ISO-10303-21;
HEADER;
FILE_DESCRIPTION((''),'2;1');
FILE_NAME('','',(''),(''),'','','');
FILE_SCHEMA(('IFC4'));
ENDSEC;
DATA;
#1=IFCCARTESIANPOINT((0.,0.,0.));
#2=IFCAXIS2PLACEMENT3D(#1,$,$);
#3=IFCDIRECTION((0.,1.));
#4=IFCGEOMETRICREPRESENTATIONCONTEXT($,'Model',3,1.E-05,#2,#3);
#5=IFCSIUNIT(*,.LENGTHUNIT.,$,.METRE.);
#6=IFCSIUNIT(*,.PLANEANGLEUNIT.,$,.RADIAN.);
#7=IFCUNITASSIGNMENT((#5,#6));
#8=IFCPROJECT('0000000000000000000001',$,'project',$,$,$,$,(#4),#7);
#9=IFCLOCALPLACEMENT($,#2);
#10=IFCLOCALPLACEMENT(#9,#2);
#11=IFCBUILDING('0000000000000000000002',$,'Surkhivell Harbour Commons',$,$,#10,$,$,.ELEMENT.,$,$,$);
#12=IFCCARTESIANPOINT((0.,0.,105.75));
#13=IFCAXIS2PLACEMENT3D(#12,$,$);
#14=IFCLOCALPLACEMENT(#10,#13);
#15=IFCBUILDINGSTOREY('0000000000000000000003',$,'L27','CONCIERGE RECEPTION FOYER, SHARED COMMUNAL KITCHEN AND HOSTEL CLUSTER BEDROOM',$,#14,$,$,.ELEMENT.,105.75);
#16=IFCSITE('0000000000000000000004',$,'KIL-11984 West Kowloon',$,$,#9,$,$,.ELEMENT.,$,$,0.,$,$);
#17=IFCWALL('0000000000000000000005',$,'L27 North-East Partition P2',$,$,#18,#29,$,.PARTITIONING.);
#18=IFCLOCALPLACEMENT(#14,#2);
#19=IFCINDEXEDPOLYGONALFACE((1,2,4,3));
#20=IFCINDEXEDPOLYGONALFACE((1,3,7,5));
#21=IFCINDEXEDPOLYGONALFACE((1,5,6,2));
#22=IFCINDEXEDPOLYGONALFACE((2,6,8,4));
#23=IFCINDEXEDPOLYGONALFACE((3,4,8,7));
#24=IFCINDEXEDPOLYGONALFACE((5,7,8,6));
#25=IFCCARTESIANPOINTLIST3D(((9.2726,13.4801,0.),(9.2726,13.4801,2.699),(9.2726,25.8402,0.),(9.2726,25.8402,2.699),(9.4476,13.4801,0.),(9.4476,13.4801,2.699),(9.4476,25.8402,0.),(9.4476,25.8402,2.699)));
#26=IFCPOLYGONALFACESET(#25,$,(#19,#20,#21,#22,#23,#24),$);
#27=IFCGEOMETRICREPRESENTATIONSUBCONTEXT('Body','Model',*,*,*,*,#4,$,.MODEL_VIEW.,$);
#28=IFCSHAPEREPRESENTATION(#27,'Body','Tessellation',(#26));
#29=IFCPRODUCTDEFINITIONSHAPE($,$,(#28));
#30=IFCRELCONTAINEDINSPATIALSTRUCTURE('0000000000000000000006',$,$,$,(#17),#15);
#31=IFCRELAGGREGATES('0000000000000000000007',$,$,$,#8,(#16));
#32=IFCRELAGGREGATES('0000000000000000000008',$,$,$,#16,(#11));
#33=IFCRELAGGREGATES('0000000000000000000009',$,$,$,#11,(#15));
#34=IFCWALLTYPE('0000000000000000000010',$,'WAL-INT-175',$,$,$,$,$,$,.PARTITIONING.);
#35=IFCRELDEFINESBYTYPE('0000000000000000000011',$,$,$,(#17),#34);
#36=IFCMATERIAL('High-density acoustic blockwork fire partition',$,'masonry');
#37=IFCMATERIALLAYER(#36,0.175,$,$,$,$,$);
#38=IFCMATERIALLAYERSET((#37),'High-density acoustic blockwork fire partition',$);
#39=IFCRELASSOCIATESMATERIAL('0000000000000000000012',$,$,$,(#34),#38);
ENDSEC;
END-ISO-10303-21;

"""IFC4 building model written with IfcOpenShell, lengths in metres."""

from ifc_helpers import new_model, si_unit, direction, frame, frame_2d, origin, place, context, subcontext, project, spatial, rectangle, extrude, material, layer, layer_set, type_object, element, save


model = new_model("IFC4")

# Units and contexts
model_context = context("Model", 3, precision=1e-05, world=origin(), true_north=direction((0.0, 1.0)))
body_context = subcontext(model_context, "Body", "Model", "MODEL_VIEW")
ifc_project = project(units=[si_unit("LENGTHUNIT", "METRE"), si_unit("PLANEANGLEUNIT", "RADIAN")], contexts=[model_context])

# Site, building, storey
site_placement = place(None, origin())
site = spatial("IfcSite", under=ifc_project, at=site_placement, Name="KIL-11984 West Kowloon", CompositionType="ELEMENT", RefElevation=0.0)
building_placement = place(site_placement, origin())
building = spatial("IfcBuilding", under=site, at=building_placement, Name="Surkhivell Harbour Commons", CompositionType="ELEMENT")
storey_placement = place(building_placement, frame((0.0, 0.0, 105.75)))
storey = spatial("IfcBuildingStorey", under=building, at=storey_placement, Name="L27", Description="CONCIERGE RECEPTION FOYER, SHARED COMMUNAL KITCHEN AND HOSTEL CLUSTER BEDROOM", CompositionType="ELEMENT", Elevation=105.75)

# Wall
ifc_material_1 = material(Name="High-density acoustic blockwork fire partition", Category="masonry")
ifc_layer_1 = layer(ifc_material_1, 0.175)
ifc_layer_set_1 = layer_set([ifc_layer_1], Name="High-density acoustic blockwork fire partition")
wall_type_1 = type_object("IfcWallType", Name="WAL-INT-175", PredefinedType="PARTITIONING", material=ifc_layer_set_1)
wall_placement = place(storey_placement, frame((9.3601, 13.48, 0.0), z_axis=(0.0, 0.0, 1.0), x_axis=(0.0, 1.0, 0.0)))
element("IfcWall", 1, at=wall_placement, inside=storey, type_object=wall_type_1, Name="L27 North-East Partition P2", PredefinedType="PARTITIONING", context=body_context, shape_type="SweptSolid", body=[
    extrude(rectangle(XDim=12.3601, YDim=0.175, at=frame_2d((6.1802, 0.0))), origin(), (0.0, 0.0, 1.0), 2.699),
])

save(model, "model.ifc")
